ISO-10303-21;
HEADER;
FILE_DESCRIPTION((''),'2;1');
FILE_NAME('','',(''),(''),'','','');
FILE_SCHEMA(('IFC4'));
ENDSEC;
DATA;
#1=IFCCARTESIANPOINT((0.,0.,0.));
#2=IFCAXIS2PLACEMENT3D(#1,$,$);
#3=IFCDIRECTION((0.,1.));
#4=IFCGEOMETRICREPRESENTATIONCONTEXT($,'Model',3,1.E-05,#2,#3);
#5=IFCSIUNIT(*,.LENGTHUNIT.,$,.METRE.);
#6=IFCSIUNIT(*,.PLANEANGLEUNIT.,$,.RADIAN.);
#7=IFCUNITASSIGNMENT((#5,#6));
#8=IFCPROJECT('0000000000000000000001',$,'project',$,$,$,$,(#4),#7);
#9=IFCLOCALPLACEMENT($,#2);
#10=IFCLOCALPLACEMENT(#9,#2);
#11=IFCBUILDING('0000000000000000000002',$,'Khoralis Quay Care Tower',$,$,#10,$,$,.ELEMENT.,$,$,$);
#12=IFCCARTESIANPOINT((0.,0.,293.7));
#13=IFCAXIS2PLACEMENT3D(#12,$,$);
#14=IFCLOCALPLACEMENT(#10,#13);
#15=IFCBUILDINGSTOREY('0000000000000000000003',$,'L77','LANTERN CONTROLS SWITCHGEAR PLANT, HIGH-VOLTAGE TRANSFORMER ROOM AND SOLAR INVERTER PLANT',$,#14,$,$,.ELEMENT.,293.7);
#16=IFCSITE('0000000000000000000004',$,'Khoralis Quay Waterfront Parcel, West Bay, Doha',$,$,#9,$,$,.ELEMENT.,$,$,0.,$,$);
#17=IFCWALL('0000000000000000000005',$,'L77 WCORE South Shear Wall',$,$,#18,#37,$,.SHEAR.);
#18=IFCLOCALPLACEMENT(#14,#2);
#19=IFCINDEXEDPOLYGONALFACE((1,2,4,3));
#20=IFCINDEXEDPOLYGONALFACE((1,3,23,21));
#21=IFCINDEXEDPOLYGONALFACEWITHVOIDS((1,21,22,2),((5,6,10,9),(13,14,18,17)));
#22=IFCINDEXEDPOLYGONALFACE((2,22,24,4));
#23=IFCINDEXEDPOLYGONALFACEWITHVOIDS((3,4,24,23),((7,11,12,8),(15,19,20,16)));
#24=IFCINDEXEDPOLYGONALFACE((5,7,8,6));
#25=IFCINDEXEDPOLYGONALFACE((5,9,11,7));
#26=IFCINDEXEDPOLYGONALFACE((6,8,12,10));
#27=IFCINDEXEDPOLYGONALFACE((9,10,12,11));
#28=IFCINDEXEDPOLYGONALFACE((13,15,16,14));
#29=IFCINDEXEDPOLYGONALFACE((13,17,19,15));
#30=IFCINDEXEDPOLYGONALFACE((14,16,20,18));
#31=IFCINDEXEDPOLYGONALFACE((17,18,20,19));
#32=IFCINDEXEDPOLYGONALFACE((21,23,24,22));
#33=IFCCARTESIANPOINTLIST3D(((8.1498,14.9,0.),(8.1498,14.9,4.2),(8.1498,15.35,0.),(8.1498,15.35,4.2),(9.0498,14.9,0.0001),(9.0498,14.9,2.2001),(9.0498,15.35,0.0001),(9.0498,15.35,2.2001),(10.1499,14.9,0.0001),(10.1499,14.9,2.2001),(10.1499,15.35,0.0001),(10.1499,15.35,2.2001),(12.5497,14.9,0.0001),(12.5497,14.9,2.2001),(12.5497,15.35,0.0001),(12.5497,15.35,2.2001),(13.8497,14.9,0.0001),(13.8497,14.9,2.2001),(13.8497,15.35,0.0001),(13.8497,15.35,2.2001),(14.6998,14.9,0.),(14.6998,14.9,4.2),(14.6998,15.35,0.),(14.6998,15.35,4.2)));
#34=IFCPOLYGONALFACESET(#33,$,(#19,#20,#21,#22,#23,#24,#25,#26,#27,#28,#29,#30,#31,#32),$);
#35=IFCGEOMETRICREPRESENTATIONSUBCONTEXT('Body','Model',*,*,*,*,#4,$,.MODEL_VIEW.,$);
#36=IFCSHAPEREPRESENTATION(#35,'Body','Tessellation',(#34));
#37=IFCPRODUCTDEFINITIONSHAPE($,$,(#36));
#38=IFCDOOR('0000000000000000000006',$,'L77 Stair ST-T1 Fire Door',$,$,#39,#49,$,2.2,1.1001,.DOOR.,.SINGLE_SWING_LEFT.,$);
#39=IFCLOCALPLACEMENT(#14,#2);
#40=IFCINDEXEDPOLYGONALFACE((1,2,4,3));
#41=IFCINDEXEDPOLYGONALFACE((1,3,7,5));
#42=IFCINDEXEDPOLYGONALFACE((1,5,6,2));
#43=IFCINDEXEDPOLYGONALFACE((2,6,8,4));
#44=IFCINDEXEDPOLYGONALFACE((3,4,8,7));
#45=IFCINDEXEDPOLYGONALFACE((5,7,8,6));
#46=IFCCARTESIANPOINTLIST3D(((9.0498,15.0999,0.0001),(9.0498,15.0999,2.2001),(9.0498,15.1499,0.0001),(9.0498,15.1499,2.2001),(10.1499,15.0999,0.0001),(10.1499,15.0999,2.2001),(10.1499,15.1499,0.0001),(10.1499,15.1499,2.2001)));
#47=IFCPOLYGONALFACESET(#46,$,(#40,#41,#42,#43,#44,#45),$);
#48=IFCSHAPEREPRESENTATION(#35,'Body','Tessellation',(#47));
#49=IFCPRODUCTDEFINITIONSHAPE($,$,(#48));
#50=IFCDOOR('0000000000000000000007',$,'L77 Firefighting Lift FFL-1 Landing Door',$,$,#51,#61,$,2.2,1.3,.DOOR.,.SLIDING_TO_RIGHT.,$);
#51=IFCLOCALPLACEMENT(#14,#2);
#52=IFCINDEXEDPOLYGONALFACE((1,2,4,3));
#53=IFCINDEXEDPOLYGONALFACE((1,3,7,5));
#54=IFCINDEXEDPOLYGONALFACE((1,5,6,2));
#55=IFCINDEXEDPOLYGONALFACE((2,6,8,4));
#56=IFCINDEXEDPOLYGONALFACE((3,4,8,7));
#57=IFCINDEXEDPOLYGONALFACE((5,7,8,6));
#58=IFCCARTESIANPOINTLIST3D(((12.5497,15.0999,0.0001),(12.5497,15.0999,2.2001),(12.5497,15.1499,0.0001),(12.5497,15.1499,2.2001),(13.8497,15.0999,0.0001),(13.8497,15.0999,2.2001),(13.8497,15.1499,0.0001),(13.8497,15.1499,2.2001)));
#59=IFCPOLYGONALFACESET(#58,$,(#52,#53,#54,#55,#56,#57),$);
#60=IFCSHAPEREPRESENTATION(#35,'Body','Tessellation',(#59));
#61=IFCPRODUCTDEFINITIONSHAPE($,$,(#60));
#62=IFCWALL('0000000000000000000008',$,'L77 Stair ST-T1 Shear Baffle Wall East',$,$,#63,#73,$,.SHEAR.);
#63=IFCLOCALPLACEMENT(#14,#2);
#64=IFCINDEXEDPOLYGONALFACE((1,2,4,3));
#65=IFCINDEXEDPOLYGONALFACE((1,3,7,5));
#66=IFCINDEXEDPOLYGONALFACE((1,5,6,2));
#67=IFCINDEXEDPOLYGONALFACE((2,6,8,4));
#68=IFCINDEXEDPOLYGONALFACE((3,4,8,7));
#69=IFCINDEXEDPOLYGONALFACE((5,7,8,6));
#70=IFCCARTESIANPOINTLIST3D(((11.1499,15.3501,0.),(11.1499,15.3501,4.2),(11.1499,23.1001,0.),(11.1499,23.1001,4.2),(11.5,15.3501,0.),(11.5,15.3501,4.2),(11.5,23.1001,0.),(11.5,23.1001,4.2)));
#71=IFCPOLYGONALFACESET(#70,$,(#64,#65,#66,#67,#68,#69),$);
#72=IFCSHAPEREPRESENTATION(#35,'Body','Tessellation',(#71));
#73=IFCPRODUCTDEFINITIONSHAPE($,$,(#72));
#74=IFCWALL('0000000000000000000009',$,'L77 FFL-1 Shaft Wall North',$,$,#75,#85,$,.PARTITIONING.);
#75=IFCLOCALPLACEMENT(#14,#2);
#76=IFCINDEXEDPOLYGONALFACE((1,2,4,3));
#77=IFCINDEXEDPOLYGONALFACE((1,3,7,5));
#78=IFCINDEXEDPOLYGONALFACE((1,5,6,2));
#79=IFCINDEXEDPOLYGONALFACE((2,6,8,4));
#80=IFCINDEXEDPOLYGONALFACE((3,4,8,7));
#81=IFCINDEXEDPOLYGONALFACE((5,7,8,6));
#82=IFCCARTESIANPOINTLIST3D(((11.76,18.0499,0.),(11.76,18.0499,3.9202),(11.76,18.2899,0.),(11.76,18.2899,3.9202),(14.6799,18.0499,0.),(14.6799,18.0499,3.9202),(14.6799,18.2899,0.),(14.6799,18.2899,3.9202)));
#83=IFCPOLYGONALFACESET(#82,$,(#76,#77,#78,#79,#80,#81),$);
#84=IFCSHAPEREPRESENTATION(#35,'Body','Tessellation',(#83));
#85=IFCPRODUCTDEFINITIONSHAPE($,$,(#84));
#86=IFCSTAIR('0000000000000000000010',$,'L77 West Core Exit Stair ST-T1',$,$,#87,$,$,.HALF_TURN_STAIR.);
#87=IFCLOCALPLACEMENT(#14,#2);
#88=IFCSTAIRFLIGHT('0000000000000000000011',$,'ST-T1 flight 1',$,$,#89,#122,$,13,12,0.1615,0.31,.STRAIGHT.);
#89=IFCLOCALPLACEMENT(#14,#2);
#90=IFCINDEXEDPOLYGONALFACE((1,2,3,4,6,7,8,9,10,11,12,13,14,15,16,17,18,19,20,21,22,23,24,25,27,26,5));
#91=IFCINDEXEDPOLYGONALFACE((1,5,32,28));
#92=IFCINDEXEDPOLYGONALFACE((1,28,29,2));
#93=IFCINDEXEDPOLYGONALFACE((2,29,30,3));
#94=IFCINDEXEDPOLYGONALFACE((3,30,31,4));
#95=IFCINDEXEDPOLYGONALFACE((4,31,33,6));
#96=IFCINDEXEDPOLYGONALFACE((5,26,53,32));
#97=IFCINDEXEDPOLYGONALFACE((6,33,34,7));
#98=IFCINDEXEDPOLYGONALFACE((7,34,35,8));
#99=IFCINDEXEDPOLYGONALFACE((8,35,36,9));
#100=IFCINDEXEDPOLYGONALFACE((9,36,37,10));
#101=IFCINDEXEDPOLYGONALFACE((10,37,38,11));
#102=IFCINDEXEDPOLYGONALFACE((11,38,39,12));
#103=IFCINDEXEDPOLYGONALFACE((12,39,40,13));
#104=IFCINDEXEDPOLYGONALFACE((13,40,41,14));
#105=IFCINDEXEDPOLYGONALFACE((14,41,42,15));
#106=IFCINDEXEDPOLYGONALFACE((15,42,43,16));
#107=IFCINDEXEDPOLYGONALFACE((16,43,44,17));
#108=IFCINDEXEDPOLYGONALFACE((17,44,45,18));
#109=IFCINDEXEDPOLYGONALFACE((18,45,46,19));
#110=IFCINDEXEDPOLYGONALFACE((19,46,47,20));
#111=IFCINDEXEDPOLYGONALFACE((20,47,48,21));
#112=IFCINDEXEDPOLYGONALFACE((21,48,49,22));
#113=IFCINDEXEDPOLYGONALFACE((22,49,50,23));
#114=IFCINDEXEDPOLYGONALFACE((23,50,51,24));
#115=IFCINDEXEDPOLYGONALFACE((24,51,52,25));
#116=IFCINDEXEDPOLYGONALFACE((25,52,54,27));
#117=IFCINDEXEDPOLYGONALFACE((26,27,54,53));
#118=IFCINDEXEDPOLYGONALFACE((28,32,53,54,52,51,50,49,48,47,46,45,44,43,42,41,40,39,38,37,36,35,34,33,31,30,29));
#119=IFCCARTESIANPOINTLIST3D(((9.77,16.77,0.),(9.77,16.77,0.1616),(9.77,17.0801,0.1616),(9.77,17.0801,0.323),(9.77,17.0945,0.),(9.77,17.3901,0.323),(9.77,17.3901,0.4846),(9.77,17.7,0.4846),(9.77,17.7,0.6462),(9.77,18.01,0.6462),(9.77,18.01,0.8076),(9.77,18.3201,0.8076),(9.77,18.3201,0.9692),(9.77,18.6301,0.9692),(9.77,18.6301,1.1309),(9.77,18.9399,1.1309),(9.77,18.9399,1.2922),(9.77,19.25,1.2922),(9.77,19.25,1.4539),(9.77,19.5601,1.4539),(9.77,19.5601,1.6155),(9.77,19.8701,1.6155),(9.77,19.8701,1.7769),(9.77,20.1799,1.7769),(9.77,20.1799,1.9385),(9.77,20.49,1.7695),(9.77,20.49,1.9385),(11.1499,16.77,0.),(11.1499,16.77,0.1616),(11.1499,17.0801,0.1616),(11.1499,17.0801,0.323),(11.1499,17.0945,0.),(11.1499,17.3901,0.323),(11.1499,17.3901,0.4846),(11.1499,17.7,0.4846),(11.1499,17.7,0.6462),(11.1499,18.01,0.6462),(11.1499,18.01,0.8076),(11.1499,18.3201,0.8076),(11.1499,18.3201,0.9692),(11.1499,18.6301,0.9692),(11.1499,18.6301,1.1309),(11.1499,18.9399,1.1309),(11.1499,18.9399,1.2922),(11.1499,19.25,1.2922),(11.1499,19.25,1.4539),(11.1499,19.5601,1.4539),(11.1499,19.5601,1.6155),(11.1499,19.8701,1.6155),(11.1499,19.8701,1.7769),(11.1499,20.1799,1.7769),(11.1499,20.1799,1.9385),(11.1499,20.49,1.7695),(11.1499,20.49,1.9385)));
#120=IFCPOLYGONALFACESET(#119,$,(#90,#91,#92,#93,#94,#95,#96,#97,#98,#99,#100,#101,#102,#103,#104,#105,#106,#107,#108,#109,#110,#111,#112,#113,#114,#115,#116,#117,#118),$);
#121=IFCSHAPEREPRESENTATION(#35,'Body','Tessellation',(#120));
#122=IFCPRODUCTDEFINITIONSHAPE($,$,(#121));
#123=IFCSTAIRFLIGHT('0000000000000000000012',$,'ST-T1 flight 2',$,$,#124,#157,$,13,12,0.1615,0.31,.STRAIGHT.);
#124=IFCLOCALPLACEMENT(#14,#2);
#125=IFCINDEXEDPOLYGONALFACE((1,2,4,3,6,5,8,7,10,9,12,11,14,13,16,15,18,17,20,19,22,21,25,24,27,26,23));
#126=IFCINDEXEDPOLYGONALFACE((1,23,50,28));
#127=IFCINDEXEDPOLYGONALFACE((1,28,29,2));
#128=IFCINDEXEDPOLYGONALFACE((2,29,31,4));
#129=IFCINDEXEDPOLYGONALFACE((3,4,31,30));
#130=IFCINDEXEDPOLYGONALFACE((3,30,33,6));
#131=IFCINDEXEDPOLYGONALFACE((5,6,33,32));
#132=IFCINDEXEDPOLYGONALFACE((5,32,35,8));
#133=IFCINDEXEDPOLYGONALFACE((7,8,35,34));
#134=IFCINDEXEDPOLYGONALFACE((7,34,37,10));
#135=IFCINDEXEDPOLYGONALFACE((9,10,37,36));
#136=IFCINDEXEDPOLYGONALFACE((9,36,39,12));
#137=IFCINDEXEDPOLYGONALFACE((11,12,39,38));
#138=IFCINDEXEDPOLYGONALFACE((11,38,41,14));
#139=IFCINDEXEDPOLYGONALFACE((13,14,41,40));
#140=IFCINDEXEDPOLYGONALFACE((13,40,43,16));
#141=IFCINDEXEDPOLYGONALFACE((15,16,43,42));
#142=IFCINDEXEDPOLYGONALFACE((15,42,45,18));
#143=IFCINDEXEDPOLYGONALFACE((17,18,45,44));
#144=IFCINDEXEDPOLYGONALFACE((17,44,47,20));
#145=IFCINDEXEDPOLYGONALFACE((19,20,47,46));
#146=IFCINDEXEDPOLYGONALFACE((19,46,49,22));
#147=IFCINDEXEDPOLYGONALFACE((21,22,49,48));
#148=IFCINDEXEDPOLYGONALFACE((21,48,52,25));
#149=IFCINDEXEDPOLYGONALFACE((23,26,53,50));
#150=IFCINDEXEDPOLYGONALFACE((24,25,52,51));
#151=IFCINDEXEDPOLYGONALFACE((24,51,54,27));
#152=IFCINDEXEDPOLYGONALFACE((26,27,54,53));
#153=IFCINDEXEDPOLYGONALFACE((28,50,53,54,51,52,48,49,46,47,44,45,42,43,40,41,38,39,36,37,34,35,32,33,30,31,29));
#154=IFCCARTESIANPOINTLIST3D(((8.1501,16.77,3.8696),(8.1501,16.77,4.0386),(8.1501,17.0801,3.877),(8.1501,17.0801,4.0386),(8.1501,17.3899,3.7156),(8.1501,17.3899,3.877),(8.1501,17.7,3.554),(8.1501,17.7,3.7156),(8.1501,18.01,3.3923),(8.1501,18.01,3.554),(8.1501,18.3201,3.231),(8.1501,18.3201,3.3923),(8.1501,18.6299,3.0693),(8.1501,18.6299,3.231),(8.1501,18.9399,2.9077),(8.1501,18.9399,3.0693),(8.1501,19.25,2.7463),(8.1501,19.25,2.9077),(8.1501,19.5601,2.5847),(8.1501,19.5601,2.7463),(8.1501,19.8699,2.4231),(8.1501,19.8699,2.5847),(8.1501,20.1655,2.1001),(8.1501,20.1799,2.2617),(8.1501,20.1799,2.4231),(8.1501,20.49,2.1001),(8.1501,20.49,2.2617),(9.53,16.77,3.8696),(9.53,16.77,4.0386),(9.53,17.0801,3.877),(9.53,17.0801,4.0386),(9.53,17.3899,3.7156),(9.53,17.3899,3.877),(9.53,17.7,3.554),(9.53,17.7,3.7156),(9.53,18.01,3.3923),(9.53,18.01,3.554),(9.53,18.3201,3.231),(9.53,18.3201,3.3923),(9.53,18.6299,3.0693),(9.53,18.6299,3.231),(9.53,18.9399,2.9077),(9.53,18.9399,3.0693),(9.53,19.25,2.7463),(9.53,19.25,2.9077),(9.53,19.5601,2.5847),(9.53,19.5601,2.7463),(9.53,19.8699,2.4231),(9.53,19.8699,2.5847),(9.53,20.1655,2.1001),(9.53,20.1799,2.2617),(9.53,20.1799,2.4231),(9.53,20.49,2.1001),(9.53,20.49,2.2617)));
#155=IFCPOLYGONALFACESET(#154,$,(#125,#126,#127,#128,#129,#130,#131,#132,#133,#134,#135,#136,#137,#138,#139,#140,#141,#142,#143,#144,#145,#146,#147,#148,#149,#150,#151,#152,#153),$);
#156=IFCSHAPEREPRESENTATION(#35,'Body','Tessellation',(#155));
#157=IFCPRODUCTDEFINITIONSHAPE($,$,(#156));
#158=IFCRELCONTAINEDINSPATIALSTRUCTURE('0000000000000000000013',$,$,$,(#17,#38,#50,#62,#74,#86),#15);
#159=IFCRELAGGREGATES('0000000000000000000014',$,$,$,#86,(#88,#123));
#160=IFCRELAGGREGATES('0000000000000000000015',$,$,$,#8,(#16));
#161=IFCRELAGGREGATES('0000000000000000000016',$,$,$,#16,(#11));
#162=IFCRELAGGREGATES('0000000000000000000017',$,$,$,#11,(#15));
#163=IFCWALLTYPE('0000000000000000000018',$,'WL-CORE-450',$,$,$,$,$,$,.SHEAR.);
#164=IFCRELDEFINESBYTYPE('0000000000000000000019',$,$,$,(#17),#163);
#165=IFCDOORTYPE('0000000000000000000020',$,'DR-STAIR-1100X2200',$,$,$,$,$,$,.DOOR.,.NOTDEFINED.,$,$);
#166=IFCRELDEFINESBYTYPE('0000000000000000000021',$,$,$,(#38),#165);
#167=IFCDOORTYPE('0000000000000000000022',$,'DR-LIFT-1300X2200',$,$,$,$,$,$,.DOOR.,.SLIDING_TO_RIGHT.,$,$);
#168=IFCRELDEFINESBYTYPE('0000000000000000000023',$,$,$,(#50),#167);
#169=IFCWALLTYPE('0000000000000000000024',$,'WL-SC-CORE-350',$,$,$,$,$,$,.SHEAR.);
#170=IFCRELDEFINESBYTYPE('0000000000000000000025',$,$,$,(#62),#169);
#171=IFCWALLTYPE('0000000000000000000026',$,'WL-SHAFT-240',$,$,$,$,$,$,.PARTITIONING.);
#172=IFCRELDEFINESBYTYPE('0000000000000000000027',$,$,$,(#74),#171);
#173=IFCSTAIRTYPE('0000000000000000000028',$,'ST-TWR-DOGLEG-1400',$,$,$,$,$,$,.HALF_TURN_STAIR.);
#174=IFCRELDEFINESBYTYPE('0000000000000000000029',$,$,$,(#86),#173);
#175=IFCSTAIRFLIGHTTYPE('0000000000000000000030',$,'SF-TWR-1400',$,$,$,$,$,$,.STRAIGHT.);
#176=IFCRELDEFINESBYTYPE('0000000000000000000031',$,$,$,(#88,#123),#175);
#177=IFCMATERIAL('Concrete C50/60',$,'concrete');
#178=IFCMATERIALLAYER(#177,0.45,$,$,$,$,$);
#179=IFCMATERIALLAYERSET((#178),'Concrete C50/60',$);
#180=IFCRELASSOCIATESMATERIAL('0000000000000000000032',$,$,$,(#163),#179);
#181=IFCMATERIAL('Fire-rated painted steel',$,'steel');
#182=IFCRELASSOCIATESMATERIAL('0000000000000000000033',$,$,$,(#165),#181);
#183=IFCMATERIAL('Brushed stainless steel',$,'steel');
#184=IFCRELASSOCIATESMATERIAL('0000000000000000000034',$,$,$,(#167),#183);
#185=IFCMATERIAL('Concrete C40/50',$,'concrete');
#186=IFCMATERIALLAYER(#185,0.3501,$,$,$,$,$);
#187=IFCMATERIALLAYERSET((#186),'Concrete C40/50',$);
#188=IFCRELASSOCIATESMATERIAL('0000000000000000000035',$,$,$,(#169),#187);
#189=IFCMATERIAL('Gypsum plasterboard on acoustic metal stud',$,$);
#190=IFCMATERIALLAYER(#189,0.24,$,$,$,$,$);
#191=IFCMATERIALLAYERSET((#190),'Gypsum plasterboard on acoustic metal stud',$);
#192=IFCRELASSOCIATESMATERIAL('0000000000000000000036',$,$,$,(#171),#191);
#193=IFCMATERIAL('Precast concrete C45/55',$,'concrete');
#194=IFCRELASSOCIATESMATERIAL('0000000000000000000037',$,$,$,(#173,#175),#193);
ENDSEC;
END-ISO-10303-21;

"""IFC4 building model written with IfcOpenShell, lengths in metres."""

from ifc_helpers import new_model, si_unit, direction, frame, frame_2d, origin, place, context, subcontext, project, spatial, polyline, rectangle, outline, extrude, source, transform, mapped, material, layer, layer_set, type_object, element, fill, aggregate, save


model = new_model("IFC4")

# Units and contexts
model_context = context("Model", 3, precision=1e-05, world=origin(), true_north=direction((0.0, 1.0)))
body_context = subcontext(model_context, "Body", "Model", "MODEL_VIEW")
ifc_project = project(units=[si_unit("LENGTHUNIT", "METRE"), si_unit("PLANEANGLEUNIT", "RADIAN")], contexts=[model_context])

# Site, building, storey
site_placement = place(None, origin())
site = spatial("IfcSite", under=ifc_project, at=site_placement, Name="Khoralis Quay Waterfront Parcel, West Bay, Doha", CompositionType="ELEMENT", RefElevation=0.0)
building_placement = place(site_placement, origin())
building = spatial("IfcBuilding", under=site, at=building_placement, Name="Khoralis Quay Care Tower", CompositionType="ELEMENT")
storey_placement = place(building_placement, frame((0.0, 0.0, 293.7)))
storey = spatial("IfcBuildingStorey", under=building, at=storey_placement, Name="L77", Description="LANTERN CONTROLS SWITCHGEAR PLANT, HIGH-VOLTAGE TRANSFORMER ROOM AND SOLAR INVERTER PLANT", CompositionType="ELEMENT", Elevation=293.7)

# Shared definitions
ifc_material_1 = material(Name="Gypsum plasterboard on acoustic metal stud")
ifc_material_2 = material(Name="Fire-rated painted steel", Category="steel")

# Shared definitions
ifc_material_3 = material(Name="Concrete C50/60", Category="concrete")
ifc_layer_1 = layer(ifc_material_3, 0.45)
ifc_layer_set_1 = layer_set([ifc_layer_1], Name="Concrete C50/60")
wall_type_1 = type_object("IfcWallType", Name="WL-CORE-450", PredefinedType="SHEAR", material=ifc_layer_set_1)

# Wall, openings, doors
wall_1_placement = place(storey_placement, frame((8.1499, 15.125, 0.0), z_axis=(0.0, 0.0, 1.0), x_axis=(1.0, 0.0, 0.0)))
wall_1 = element("IfcWall", 1, at=wall_1_placement, inside=storey, type_object=wall_type_1, Name="L77 WCORE South Shear Wall", PredefinedType="SHEAR", context=body_context, shape_type="SweptSolid", body=[
    extrude(rectangle(XDim=6.55, YDim=0.45, at=frame_2d((3.2749, 0.0))), origin(), (0.0, 0.0, 1.0), 4.2),
])
opening_1_placement = place(wall_1_placement, frame((0.8999, 0.0, 0.0)))
opening_1 = element("IfcOpeningElement", 2, at=opening_1_placement, cuts=wall_1, PredefinedType="OPENING", context=body_context, shape_type="SweptSolid", body=[
    extrude(rectangle(XDim=1.1001, YDim=2.2, at=frame_2d((0.55, 1.1001))), frame((0.0, 0.2349, 0.0), z_axis=(0.0, -1.0, 0.0), x_axis=(1.0, 0.0, 0.0)), (0.0, 0.0, 1.0), 0.47),
])
opening_2_placement = place(wall_1_placement, frame((4.3999, 0.0, 0.0)))
opening_2 = element("IfcOpeningElement", 3, at=opening_2_placement, cuts=wall_1, PredefinedType="OPENING", context=body_context, shape_type="SweptSolid", body=[
    extrude(rectangle(XDim=1.3, YDim=2.2, at=frame_2d((0.6499, 1.1001))), frame((0.0, 0.2349, 0.0), z_axis=(0.0, -1.0, 0.0), x_axis=(1.0, 0.0, 0.0)), (0.0, 0.0, 1.0), 0.47),
])
door_type_1 = type_object("IfcDoorType", Name="DR-STAIR-1100X2200", OperationType="NOTDEFINED", PredefinedType="DOOR", material=ifc_material_2)
shared_shape_1 = source(origin(), body_context, "Body", "SweptSolid", [
    extrude(rectangle(XDim=1.1001, YDim=2.2, at=frame_2d((0.55, 1.1001))), frame((0.0, 0.0249, 0.0), z_axis=(0.0, -1.0, 0.0), x_axis=(1.0, 0.0, 0.0)), (0.0, 0.0, 1.0), 0.05),
])
door_1_placement = place(opening_1_placement, origin())
door_1 = element("IfcDoor", 4, at=door_1_placement, inside=storey, type_object=door_type_1, Name="L77 Stair ST-T1 Fire Door", OperationType="SINGLE_SWING_LEFT", OverallHeight=2.2, OverallWidth=1.1001, PredefinedType="DOOR", context=body_context, shape_type="MappedRepresentation", body=[
    mapped(shared_shape_1, transform((0.0, 0.0, 0.0), scale=1.0)),
])
fill(opening_1, door_1)
ifc_material_4 = material(Name="Brushed stainless steel", Category="steel")
door_type_2 = type_object("IfcDoorType", Name="DR-LIFT-1300X2200", OperationType="SLIDING_TO_RIGHT", PredefinedType="DOOR", material=ifc_material_4)
shared_shape_2 = source(origin(), body_context, "Body", "SweptSolid", [
    extrude(rectangle(XDim=1.3, YDim=2.2, at=frame_2d((0.6499, 1.1001))), frame((0.0, 0.0249, 0.0), z_axis=(0.0, -1.0, 0.0), x_axis=(1.0, 0.0, 0.0)), (0.0, 0.0, 1.0), 0.05),
])
door_2_placement = place(opening_2_placement, origin())
door_2 = element("IfcDoor", 5, at=door_2_placement, inside=storey, type_object=door_type_2, Name="L77 Firefighting Lift FFL-1 Landing Door", OperationType="SLIDING_TO_RIGHT", OverallHeight=2.2, OverallWidth=1.3, PredefinedType="DOOR", context=body_context, shape_type="MappedRepresentation", body=[
    mapped(shared_shape_2, transform((0.0, 0.0, 0.0), scale=1.0)),
])
fill(opening_2, door_2)

# Walls
ifc_material_5 = material(Name="Concrete C40/50", Category="concrete")
ifc_layer_2 = layer(ifc_material_5, 0.3501)
ifc_layer_set_2 = layer_set([ifc_layer_2], Name="Concrete C40/50")
wall_type_2 = type_object("IfcWallType", Name="WL-SC-CORE-350", PredefinedType="SHEAR", material=ifc_layer_set_2)
wall_2_placement = place(storey_placement, frame((11.325, 15.3501, 0.0), z_axis=(0.0, 0.0, 1.0), x_axis=(0.0, 1.0, 0.0)))
element("IfcWall", 6, at=wall_2_placement, inside=storey, type_object=wall_type_2, Name="L77 Stair ST-T1 Shear Baffle Wall East", PredefinedType="SHEAR", context=body_context, shape_type="SweptSolid", body=[
    extrude(rectangle(XDim=7.75, YDim=0.3501, at=frame_2d((3.875, 0.0))), origin(), (0.0, 0.0, 1.0), 4.2),
])
ifc_layer_3 = layer(ifc_material_1, 0.24)
ifc_layer_set_3 = layer_set([ifc_layer_3], Name="Gypsum plasterboard on acoustic metal stud")
wall_type_3 = type_object("IfcWallType", Name="WL-SHAFT-240", PredefinedType="PARTITIONING", material=ifc_layer_set_3)
wall_3_placement = place(storey_placement, frame((11.76, 18.1699, 0.0), z_axis=(0.0, 0.0, 1.0), x_axis=(1.0, 0.0, 0.0)))
element("IfcWall", 7, at=wall_3_placement, inside=storey, type_object=wall_type_3, Name="L77 FFL-1 Shaft Wall North", PredefinedType="PARTITIONING", context=body_context, shape_type="SweptSolid", body=[
    extrude(rectangle(XDim=2.9199, YDim=0.24, at=frame_2d((1.46, 0.0))), origin(), (0.0, 0.0, 1.0), 3.9202),
])

# Stair, stair flights
ifc_material_6 = material(Name="Precast concrete C45/55", Category="concrete")
stair_type = type_object("IfcStairType", Name="ST-TWR-DOGLEG-1400", PredefinedType="HALF_TURN_STAIR", material=ifc_material_6)
stair_placement = place(storey_placement, origin())
stair = element("IfcStair", 8, at=stair_placement, inside=storey, type_object=stair_type, Name="L77 West Core Exit Stair ST-T1", PredefinedType="HALF_TURN_STAIR")
stair_flight_type = type_object("IfcStairFlightType", Name="SF-TWR-1400", PredefinedType="STRAIGHT", material=ifc_material_6)
shared_shape_3 = source(origin(), body_context, "Body", "SweptSolid", [
    extrude(outline(polyline([(0.0, 0.0), (0.0, 0.1616), (0.3101, 0.1616), (0.3101, 0.323), (0.6201, 0.323), (0.6201, 0.4846), (0.9299, 0.4846), (0.9299, 0.6462), (1.24, 0.6462), (1.24, 0.8076), (1.55, 0.8076), (1.55, 0.9692), (1.8601, 0.9692), (1.8601, 1.1309), (2.1699, 1.1309), (2.1699, 1.2922), (2.48, 1.2922), (2.48, 1.4539), (2.79, 1.4539), (2.79, 1.6155), (3.1001, 1.6155), (3.1001, 1.7769), (3.4099, 1.7769), (3.4099, 1.9385), (3.72, 1.9385), (3.72, 2.1001), (3.72, 1.7695), (0.3245, 0.0), (0.0, 0.0)])), frame((0.0, 0.6899, 0.0), z_axis=(0.0, -1.0, 0.0), x_axis=(1.0, 0.0, 0.0)), (0.0, 0.0, 1.0), 1.3799),
])
stair_flight_1_placement = place(storey_placement, frame((10.46, 16.77, 0.0), z_axis=(0.0, 0.0, 1.0), x_axis=(0.0, 1.0, 0.0)))
stair_flight_1 = element("IfcStairFlight", 9, at=stair_flight_1_placement, type_object=stair_flight_type, Name="ST-T1 flight 1", NumberOfRisers=13, NumberOfTreads=12, PredefinedType="STRAIGHT", RiserHeight=0.1615, TreadLength=0.31, context=body_context, shape_type="MappedRepresentation", body=[
    mapped(shared_shape_3, transform((0.0, 0.0, 0.0), scale=1.0)),
])
stair_flight_2_placement = place(storey_placement, frame((8.8401, 20.49, 2.1001), z_axis=(0.0, 0.0, 1.0), x_axis=(0.0, -1.0, 0.0)))
stair_flight_2 = element("IfcStairFlight", 10, at=stair_flight_2_placement, type_object=stair_flight_type, Name="ST-T1 flight 2", NumberOfRisers=13, NumberOfTreads=12, PredefinedType="STRAIGHT", RiserHeight=0.1615, TreadLength=0.31, context=body_context, shape_type="MappedRepresentation", body=[
    mapped(shared_shape_3, transform((0.0, 0.0, 0.0), scale=1.0)),
])
aggregate(stair, [stair_flight_1, stair_flight_2])

save(model, "model.ifc")
